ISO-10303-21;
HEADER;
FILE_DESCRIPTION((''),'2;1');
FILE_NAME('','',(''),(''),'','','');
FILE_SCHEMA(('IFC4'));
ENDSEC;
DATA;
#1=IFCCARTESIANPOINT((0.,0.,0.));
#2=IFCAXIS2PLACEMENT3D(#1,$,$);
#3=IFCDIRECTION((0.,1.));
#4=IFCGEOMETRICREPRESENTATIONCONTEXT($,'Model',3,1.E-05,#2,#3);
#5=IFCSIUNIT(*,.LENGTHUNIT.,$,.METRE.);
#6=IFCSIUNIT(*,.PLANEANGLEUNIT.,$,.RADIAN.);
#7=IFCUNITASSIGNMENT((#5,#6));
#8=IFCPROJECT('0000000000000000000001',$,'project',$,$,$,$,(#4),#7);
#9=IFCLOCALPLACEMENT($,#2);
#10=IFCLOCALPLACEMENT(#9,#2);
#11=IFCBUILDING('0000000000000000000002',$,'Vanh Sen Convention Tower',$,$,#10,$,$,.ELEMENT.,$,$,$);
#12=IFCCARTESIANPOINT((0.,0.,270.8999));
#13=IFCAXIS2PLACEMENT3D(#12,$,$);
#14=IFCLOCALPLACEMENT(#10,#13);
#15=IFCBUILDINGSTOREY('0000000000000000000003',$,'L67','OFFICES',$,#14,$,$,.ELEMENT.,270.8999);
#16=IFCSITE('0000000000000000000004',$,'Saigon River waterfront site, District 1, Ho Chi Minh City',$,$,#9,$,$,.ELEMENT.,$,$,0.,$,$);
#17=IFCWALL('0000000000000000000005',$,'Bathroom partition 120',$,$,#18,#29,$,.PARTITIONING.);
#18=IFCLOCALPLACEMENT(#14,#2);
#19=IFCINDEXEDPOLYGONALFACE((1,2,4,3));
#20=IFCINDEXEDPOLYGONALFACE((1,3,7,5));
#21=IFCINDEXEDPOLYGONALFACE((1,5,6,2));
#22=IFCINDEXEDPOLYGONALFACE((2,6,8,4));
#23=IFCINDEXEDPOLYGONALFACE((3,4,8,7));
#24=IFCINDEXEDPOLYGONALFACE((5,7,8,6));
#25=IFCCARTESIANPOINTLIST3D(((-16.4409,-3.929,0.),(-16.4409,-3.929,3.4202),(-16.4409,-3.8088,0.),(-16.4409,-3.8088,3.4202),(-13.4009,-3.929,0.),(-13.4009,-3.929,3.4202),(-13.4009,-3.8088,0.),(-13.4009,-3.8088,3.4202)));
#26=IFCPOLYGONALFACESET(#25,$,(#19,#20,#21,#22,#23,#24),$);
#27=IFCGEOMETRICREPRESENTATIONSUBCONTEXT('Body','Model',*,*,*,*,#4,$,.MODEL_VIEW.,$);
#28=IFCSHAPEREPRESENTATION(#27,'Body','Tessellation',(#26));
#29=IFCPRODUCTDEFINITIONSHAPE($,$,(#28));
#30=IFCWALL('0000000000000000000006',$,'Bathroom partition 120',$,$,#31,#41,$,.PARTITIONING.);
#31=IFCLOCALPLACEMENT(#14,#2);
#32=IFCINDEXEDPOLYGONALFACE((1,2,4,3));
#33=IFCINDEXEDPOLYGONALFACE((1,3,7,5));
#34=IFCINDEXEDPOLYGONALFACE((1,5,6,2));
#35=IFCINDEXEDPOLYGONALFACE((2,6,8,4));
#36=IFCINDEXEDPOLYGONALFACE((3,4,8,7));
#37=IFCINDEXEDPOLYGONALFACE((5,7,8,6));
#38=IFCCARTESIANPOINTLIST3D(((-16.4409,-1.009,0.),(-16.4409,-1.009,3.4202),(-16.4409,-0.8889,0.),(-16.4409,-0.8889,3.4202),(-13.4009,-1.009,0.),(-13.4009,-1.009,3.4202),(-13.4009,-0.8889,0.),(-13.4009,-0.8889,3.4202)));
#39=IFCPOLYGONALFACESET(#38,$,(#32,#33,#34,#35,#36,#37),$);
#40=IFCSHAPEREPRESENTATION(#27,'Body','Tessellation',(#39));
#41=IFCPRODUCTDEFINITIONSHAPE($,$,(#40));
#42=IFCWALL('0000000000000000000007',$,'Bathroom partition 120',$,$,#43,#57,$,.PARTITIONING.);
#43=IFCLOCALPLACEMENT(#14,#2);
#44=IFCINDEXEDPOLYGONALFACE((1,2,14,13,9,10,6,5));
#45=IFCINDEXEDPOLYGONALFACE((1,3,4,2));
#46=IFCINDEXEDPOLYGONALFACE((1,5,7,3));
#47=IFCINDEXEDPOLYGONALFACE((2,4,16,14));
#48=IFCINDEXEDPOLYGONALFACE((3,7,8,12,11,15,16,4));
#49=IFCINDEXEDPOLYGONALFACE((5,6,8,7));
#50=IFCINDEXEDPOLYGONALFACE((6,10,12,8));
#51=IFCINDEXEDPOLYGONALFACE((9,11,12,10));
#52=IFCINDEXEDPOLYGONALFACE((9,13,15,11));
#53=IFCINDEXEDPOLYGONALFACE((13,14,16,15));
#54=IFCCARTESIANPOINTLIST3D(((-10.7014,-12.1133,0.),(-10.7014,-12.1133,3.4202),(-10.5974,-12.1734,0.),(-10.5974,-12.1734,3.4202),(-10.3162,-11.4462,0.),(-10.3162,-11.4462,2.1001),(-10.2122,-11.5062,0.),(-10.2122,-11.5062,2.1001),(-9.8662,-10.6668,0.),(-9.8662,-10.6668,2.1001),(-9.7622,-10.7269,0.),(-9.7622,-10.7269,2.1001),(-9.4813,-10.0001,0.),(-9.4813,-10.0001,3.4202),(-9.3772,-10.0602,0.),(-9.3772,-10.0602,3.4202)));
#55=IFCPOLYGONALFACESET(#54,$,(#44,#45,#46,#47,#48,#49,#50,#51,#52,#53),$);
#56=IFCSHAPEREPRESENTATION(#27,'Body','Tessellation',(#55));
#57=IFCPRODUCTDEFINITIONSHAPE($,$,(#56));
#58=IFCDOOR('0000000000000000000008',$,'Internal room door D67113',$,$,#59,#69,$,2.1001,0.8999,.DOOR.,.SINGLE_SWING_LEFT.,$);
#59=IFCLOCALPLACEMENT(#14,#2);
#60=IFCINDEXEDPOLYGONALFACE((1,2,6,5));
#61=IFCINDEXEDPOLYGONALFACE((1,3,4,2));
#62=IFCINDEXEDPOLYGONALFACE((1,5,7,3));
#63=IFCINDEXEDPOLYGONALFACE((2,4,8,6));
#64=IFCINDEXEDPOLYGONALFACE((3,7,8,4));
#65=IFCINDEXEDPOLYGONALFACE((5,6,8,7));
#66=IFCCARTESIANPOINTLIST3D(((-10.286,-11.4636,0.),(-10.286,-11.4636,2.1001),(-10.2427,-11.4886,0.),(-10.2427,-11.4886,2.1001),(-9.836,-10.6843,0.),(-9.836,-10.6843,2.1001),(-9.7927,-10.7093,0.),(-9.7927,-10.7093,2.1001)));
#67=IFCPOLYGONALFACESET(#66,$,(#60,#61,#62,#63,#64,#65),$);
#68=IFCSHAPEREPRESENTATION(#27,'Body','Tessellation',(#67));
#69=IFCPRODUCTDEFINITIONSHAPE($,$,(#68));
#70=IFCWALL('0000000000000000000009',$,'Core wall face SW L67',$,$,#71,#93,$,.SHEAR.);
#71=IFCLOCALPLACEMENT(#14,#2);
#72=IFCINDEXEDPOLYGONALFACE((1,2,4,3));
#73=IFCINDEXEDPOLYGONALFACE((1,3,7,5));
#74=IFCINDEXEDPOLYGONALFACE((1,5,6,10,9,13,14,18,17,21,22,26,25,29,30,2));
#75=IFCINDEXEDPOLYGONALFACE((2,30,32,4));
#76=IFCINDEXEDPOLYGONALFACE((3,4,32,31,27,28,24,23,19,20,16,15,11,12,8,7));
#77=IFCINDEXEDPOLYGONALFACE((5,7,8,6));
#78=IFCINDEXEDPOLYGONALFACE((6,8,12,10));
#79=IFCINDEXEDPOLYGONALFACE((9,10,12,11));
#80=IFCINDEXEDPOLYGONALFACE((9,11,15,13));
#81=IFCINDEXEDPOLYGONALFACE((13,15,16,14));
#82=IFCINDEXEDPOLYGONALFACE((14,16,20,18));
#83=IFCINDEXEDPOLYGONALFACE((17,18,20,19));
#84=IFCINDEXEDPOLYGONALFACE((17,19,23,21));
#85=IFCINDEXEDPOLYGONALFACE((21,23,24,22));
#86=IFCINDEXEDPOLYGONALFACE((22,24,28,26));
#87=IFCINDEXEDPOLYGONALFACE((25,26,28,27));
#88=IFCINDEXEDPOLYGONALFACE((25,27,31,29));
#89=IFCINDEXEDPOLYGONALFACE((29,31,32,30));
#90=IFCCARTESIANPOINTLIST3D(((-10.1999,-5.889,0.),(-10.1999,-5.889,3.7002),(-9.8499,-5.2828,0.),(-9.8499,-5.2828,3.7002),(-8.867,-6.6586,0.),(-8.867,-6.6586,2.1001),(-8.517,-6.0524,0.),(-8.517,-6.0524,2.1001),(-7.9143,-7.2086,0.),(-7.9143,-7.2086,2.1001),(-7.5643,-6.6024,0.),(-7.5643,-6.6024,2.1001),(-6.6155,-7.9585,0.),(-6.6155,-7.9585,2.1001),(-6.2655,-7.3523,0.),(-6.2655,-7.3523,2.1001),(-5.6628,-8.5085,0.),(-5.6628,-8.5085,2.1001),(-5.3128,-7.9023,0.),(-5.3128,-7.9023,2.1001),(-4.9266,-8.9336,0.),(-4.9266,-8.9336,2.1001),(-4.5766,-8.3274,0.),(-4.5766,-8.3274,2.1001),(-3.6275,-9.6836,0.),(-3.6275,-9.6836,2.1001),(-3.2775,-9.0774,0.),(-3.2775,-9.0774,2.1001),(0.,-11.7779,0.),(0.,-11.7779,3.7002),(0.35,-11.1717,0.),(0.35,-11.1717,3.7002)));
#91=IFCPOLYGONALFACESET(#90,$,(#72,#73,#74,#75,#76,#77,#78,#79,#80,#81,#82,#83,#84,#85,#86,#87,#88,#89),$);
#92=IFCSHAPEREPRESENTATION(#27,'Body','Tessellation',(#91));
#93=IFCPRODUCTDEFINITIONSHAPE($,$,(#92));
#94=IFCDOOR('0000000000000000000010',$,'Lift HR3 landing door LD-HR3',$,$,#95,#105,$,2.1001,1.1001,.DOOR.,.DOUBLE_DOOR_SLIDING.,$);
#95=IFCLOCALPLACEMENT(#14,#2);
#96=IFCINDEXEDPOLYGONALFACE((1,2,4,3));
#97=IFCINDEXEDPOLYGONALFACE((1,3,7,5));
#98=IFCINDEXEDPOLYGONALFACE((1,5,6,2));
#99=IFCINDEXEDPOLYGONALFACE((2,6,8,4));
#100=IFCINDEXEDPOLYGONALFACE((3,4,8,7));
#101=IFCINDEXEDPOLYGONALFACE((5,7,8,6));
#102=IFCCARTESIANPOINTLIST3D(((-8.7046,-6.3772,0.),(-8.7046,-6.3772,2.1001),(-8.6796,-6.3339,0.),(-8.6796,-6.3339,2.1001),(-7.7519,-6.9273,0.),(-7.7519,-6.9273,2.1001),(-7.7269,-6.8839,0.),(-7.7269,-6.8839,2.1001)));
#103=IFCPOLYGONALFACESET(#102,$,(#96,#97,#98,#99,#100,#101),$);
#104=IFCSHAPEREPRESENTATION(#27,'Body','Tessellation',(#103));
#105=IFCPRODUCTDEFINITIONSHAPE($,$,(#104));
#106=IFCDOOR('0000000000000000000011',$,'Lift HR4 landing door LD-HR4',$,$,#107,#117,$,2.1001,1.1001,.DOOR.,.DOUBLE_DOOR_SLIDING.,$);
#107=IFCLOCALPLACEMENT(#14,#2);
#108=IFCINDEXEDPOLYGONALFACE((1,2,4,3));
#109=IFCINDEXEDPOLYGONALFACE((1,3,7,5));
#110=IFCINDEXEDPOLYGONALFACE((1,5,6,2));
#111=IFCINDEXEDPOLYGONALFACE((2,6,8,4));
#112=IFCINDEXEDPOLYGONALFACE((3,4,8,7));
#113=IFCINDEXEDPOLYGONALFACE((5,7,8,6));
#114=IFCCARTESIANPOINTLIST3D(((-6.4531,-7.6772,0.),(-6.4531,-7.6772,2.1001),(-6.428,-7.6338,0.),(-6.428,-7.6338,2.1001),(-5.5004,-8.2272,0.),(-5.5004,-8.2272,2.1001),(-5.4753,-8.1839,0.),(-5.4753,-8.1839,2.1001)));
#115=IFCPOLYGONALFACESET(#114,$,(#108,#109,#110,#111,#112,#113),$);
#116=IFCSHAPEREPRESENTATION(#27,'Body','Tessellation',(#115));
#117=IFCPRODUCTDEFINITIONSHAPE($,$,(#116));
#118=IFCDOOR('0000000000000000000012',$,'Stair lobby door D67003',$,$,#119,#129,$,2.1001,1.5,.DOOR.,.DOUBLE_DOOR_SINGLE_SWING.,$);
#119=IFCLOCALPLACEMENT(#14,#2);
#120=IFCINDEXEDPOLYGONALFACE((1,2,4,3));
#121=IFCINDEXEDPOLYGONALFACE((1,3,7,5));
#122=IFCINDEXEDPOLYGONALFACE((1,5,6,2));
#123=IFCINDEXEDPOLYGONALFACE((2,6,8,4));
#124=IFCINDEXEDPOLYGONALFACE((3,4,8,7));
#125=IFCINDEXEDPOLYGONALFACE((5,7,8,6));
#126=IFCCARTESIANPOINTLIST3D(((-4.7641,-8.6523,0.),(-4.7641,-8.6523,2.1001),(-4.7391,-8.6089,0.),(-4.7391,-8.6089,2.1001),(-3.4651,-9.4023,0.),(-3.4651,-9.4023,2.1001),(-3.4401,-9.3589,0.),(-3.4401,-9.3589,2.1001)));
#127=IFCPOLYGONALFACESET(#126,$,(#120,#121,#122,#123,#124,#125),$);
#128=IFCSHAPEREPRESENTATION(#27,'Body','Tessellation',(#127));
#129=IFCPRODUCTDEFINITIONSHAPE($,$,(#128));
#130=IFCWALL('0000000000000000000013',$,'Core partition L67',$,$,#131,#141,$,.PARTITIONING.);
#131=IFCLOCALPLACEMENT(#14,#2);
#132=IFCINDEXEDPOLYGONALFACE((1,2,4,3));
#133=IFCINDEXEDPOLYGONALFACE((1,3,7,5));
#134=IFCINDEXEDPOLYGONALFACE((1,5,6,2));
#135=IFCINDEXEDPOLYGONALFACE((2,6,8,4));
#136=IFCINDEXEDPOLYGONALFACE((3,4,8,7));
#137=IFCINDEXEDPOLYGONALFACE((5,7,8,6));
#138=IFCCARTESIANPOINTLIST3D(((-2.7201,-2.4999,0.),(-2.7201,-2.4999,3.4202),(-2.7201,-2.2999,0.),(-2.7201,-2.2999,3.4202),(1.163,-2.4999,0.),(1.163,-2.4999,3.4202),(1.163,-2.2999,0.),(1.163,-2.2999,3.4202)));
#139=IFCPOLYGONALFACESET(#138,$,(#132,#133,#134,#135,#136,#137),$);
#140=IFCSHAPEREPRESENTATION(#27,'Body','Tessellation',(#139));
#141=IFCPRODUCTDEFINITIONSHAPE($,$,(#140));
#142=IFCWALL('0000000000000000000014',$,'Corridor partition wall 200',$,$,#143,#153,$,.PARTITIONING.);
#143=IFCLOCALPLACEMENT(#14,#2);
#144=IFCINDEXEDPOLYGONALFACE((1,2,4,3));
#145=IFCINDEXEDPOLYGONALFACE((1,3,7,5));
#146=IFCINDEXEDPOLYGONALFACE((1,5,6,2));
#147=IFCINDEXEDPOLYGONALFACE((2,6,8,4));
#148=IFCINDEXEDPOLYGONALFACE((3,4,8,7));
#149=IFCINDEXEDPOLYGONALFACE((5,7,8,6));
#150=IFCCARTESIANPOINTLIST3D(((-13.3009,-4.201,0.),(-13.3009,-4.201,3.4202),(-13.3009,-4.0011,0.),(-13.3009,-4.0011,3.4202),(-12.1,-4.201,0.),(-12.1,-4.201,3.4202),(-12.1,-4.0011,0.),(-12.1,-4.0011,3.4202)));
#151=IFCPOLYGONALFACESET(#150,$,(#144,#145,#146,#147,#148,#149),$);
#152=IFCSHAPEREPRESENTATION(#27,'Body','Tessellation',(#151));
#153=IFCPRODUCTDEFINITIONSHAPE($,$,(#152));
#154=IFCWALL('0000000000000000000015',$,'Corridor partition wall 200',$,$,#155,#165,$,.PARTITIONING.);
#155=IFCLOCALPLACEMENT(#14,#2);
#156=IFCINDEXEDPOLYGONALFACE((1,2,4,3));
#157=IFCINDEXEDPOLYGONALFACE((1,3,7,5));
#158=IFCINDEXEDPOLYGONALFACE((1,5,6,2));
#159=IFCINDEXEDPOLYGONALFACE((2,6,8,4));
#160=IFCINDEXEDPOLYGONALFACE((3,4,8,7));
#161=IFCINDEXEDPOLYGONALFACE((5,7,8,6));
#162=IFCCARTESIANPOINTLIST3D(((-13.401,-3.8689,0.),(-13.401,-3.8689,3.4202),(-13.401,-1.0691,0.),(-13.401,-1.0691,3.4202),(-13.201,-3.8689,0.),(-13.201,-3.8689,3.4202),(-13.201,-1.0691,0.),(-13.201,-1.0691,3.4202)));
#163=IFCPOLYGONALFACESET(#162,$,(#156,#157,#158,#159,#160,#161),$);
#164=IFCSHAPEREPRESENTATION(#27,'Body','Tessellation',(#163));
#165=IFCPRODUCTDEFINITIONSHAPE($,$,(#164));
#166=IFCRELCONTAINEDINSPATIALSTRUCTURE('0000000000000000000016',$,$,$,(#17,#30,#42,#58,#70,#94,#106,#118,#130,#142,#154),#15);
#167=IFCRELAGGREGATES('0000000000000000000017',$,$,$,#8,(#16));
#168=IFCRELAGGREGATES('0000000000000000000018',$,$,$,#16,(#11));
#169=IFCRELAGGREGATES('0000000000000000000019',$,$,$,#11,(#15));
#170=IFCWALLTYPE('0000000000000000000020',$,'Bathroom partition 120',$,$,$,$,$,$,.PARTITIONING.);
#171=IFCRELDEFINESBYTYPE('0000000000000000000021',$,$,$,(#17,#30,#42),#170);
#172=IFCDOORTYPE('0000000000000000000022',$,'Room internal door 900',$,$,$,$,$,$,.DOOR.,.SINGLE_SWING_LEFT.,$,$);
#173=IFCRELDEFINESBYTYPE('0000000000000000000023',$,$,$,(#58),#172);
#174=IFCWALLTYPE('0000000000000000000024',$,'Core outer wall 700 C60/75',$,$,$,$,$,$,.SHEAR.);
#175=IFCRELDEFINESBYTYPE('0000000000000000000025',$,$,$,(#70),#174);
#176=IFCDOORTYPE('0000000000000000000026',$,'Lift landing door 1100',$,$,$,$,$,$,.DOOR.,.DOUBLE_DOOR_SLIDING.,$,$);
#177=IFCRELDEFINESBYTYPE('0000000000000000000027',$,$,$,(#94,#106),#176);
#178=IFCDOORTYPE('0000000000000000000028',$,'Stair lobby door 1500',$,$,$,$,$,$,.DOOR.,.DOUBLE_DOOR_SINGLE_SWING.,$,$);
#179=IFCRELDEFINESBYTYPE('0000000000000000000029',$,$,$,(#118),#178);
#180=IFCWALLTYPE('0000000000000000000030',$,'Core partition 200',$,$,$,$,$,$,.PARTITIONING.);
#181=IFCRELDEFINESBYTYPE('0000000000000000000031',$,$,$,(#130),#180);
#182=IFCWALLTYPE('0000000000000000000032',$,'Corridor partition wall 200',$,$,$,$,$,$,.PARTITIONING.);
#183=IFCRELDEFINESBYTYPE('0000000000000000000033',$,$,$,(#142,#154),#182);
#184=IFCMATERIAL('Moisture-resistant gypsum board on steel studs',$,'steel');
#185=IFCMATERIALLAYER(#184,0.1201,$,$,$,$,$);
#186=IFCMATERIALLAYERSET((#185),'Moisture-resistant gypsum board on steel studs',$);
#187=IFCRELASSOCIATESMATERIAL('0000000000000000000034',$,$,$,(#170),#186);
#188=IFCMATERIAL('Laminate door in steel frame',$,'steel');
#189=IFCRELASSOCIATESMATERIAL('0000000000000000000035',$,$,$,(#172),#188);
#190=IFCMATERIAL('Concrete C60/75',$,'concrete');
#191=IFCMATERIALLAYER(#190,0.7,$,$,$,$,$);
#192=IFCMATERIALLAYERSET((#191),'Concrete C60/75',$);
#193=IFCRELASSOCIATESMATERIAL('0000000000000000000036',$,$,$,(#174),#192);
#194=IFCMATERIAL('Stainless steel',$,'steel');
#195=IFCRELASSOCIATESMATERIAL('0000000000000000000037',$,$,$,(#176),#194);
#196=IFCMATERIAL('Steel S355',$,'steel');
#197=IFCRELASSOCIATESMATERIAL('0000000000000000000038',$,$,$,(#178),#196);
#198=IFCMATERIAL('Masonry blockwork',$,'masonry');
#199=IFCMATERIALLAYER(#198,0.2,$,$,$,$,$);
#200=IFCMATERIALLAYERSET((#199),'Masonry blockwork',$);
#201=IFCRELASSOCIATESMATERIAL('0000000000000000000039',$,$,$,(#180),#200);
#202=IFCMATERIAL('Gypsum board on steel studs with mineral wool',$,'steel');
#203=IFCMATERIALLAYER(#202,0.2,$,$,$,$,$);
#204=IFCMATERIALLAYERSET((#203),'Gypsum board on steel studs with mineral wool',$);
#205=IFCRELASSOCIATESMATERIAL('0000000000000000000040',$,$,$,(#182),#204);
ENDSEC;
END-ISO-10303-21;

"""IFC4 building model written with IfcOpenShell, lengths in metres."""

from ifc_helpers import new_model, si_unit, direction, frame, frame_2d, origin, place, context, subcontext, project, spatial, rectangle, extrude, material, layer, layer_set, type_object, element, fill, save


model = new_model("IFC4")

# Units and contexts
model_context = context("Model", 3, precision=1e-05, world=origin(), true_north=direction((0.0, 1.0)))
body_context = subcontext(model_context, "Body", "Model", "MODEL_VIEW")
ifc_project = project(units=[si_unit("LENGTHUNIT", "METRE"), si_unit("PLANEANGLEUNIT", "RADIAN")], contexts=[model_context])

# Site, building, storey
site_placement = place(None, origin())
site = spatial("IfcSite", under=ifc_project, at=site_placement, Name="Saigon River waterfront site, District 1, Ho Chi Minh City", CompositionType="ELEMENT", RefElevation=0.0)
building_placement = place(site_placement, origin())
building = spatial("IfcBuilding", under=site, at=building_placement, Name="Vanh Sen Convention Tower", CompositionType="ELEMENT")
storey_placement = place(building_placement, frame((0.0, 0.0, 270.8999)))
storey = spatial("IfcBuildingStorey", under=building, at=storey_placement, Name="L67", Description="OFFICES", CompositionType="ELEMENT", Elevation=270.8999)

# Walls
ifc_material_1 = material(Name="Moisture-resistant gypsum board on steel studs", Category="steel")
ifc_layer_1 = layer(ifc_material_1, 0.1201)
ifc_layer_set_1 = layer_set([ifc_layer_1], Name="Moisture-resistant gypsum board on steel studs")
wall_type_1 = type_object("IfcWallType", Name="Bathroom partition 120", PredefinedType="PARTITIONING", material=ifc_layer_set_1)
for number, where, z_axis, x_axis, name in (
    (1, (-13.4009, -3.8689, 0.0), (0.0, 0.0, 1.0), (-1.0, 0.0, 0.0), "Bathroom partition 120"),
    (2, (-13.4009, -0.949, 0.0), (0.0, 0.0, 1.0), (-1.0, 0.0, 0.0), "Bathroom partition 120"),
):
    element("IfcWall", number, at=place(storey_placement, frame(where, z_axis=z_axis, x_axis=x_axis)), inside=storey, type_object=wall_type_1, Name=name, PredefinedType="PARTITIONING", context=body_context, shape_type="SweptSolid", body=[
        extrude(rectangle(XDim=3.04, YDim=0.1201, at=frame_2d((1.52, 0.0))), origin(), (0.0, 0.0, 1.0), 3.4202),
    ])

# Wall, opening, door
wall_1_placement = place(storey_placement, frame((-9.4292, -10.03, 0.0), z_axis=(0.0, 0.0, 1.0), x_axis=(-0.500034, -0.866006, 0.0)))
wall_1 = element("IfcWall", 3, at=wall_1_placement, inside=storey, type_object=wall_type_1, Name="Bathroom partition 120", PredefinedType="PARTITIONING", context=body_context, shape_type="SweptSolid", body=[
    extrude(rectangle(XDim=2.4402, YDim=0.1201, at=frame_2d((1.2202, 0.0))), origin(), (0.0, 0.0, 1.0), 3.4202),
])
opening_1_placement = place(wall_1_placement, frame((0.77, 0.0, 0.0)))
opening_1 = element("IfcOpeningElement", 4, at=opening_1_placement, cuts=wall_1, PredefinedType="OPENING", context=body_context, shape_type="SweptSolid", body=[
    extrude(rectangle(XDim=0.8999, YDim=2.1001, at=frame_2d((0.45, 1.05))), frame((0.0, 0.0701, 0.0), z_axis=(0.0, -1.0, 0.0), x_axis=(1.0, 0.0, 0.0)), (0.0, 0.0, 1.0), 0.1401),
])
ifc_material_2 = material(Name="Laminate door in steel frame", Category="steel")
door_type_1 = type_object("IfcDoorType", Name="Room internal door 900", OperationType="SINGLE_SWING_LEFT", PredefinedType="DOOR", material=ifc_material_2)
door_1_placement = place(opening_1_placement, origin())
door_1 = element("IfcDoor", 5, at=door_1_placement, inside=storey, type_object=door_type_1, Name="Internal room door D67113", OperationType="SINGLE_SWING_LEFT", OverallHeight=2.1001, OverallWidth=0.8999, PredefinedType="DOOR", context=body_context, shape_type="SweptSolid", body=[
    extrude(rectangle(XDim=0.8999, YDim=2.1001, at=frame_2d((0.45, 1.05))), frame((0.0, 0.0249, 0.0), z_axis=(0.0, -1.0, 0.0), x_axis=(1.0, 0.0, 0.0)), (0.0, 0.0, 1.0), 0.05),
])
fill(opening_1, door_1)

# Wall, openings, doors
ifc_material_3 = material(Name="Concrete C60/75", Category="concrete")
ifc_layer_2 = layer(ifc_material_3, 0.7)
ifc_layer_set_2 = layer_set([ifc_layer_2], Name="Concrete C60/75")
wall_type_2 = type_object("IfcWallType", Name="Core outer wall 700 C60/75", PredefinedType="SHEAR", material=ifc_layer_set_2)
wall_2_placement = place(storey_placement, frame((-10.0249, -5.5859, 0.0), z_axis=(0.0, 0.0, 1.0), x_axis=(0.866026, -0.499998, 0.0)))
wall_2 = element("IfcWall", 6, at=wall_2_placement, inside=storey, type_object=wall_type_2, Name="Core wall face SW L67", PredefinedType="SHEAR", context=body_context, shape_type="SweptSolid", body=[
    extrude(rectangle(XDim=11.7778, YDim=0.7, at=frame_2d((5.8889, 0.0))), origin(), (0.0, 0.0, 1.0), 3.7002),
])
opening_2_placement = place(wall_2_placement, frame((6.0891, 0.0, 0.0)))
opening_2 = element("IfcOpeningElement", 7, at=opening_2_placement, cuts=wall_2, PredefinedType="OPENING", context=body_context, shape_type="SweptSolid", body=[
    extrude(rectangle(XDim=1.5, YDim=2.1001, at=frame_2d((0.75, 1.05))), frame((0.0, 0.3599, 0.0), z_axis=(0.0, -1.0, 0.0), x_axis=(1.0, 0.0, 0.0)), (0.0, 0.0, 1.0), 0.72),
])
opening_3_placement = place(wall_2_placement, frame((1.5391, 0.0, 0.0)))
opening_3 = element("IfcOpeningElement", 8, at=opening_3_placement, cuts=wall_2, PredefinedType="OPENING", context=body_context, shape_type="SweptSolid", body=[
    extrude(rectangle(XDim=1.1001, YDim=2.1001, at=frame_2d((0.55, 1.05))), frame((0.0, 0.3599, 0.0), z_axis=(0.0, -1.0, 0.0), x_axis=(1.0, 0.0, 0.0)), (0.0, 0.0, 1.0), 0.72),
])
opening_4_placement = place(wall_2_placement, frame((4.1389, 0.0, 0.0)))
opening_4 = element("IfcOpeningElement", 9, at=opening_4_placement, cuts=wall_2, PredefinedType="OPENING", context=body_context, shape_type="SweptSolid", body=[
    extrude(rectangle(XDim=1.1001, YDim=2.1001, at=frame_2d((0.55, 1.05))), frame((0.0, 0.3599, 0.0), z_axis=(0.0, -1.0, 0.0), x_axis=(1.0, 0.0, 0.0)), (0.0, 0.0, 1.0), 0.72),
])
ifc_material_4 = material(Name="Stainless steel", Category="steel")
door_type_2 = type_object("IfcDoorType", Name="Lift landing door 1100", OperationType="DOUBLE_DOOR_SLIDING", PredefinedType="DOOR", material=ifc_material_4)
door_2_placement = place(opening_3_placement, origin())
door_2 = element("IfcDoor", 10, at=door_2_placement, inside=storey, type_object=door_type_2, Name="Lift HR3 landing door LD-HR3", OperationType="DOUBLE_DOOR_SLIDING", OverallHeight=2.1001, OverallWidth=1.1001, PredefinedType="DOOR", context=body_context, shape_type="SweptSolid", body=[
    extrude(rectangle(XDim=1.1001, YDim=2.1001, at=frame_2d((0.55, 1.05))), frame((0.0, 0.0249, 0.0), z_axis=(0.0, -1.0, 0.0), x_axis=(1.0, 0.0, 0.0)), (0.0, 0.0, 1.0), 0.05),
])
fill(opening_3, door_2)
door_3_placement = place(opening_4_placement, origin())
door_3 = element("IfcDoor", 11, at=door_3_placement, inside=storey, type_object=door_type_2, Name="Lift HR4 landing door LD-HR4", OperationType="DOUBLE_DOOR_SLIDING", OverallHeight=2.1001, OverallWidth=1.1001, PredefinedType="DOOR", context=body_context, shape_type="SweptSolid", body=[
    extrude(rectangle(XDim=1.1001, YDim=2.1001, at=frame_2d((0.55, 1.05))), frame((0.0, 0.0249, 0.0), z_axis=(0.0, -1.0, 0.0), x_axis=(1.0, 0.0, 0.0)), (0.0, 0.0, 1.0), 0.05),
])
fill(opening_4, door_3)
ifc_material_5 = material(Name="Steel S355", Category="steel")
door_type_3 = type_object("IfcDoorType", Name="Stair lobby door 1500", OperationType="DOUBLE_DOOR_SINGLE_SWING", PredefinedType="DOOR", material=ifc_material_5)
door_4_placement = place(opening_2_placement, origin())
door_4 = element("IfcDoor", 12, at=door_4_placement, inside=storey, type_object=door_type_3, Name="Stair lobby door D67003", OperationType="DOUBLE_DOOR_SINGLE_SWING", OverallHeight=2.1001, OverallWidth=1.5, PredefinedType="DOOR", context=body_context, shape_type="SweptSolid", body=[
    extrude(rectangle(XDim=1.5, YDim=2.1001, at=frame_2d((0.75, 1.05))), frame((0.0, 0.0249, 0.0), z_axis=(0.0, -1.0, 0.0), x_axis=(1.0, 0.0, 0.0)), (0.0, 0.0, 1.0), 0.05),
])
fill(opening_2, door_4)

# Walls
ifc_material_6 = material(Name="Masonry blockwork", Category="masonry")
ifc_layer_3 = layer(ifc_material_6, 0.2)
ifc_layer_set_3 = layer_set([ifc_layer_3], Name="Masonry blockwork")
wall_type_3 = type_object("IfcWallType", Name="Core partition 200", PredefinedType="PARTITIONING", material=ifc_layer_set_3)
wall_3_placement = place(storey_placement, frame((-2.72, -2.3999, 0.0), z_axis=(0.0, 0.0, 1.0), x_axis=(1.0, 0.0, 0.0)))
element("IfcWall", 13, at=wall_3_placement, inside=storey, type_object=wall_type_3, Name="Core partition L67", PredefinedType="PARTITIONING", context=body_context, shape_type="SweptSolid", body=[
    extrude(rectangle(XDim=3.8831, YDim=0.2, at=frame_2d((1.9414, 0.0))), origin(), (0.0, 0.0, 1.0), 3.4202),
])
ifc_material_7 = material(Name="Gypsum board on steel studs with mineral wool", Category="steel")
ifc_layer_4 = layer(ifc_material_7, 0.2)
ifc_layer_set_4 = layer_set([ifc_layer_4], Name="Gypsum board on steel studs with mineral wool")
wall_type_4 = type_object("IfcWallType", Name="Corridor partition wall 200", PredefinedType="PARTITIONING", material=ifc_layer_set_4)
wall_4_placement = place(storey_placement, frame((-13.301, -4.1011, 0.0), z_axis=(0.0, 0.0, 1.0), x_axis=(1.0, 0.0, 0.0)))
element("IfcWall", 14, at=wall_4_placement, inside=storey, type_object=wall_type_4, Name="Corridor partition wall 200", PredefinedType="PARTITIONING", context=body_context, shape_type="SweptSolid", body=[
    extrude(rectangle(XDim=1.2009, YDim=0.2, at=frame_2d((0.6006, 0.0))), origin(), (0.0, 0.0, 1.0), 3.4202),
])
wall_5_placement = place(storey_placement, frame((-13.301, -1.0691, 0.0), z_axis=(0.0, 0.0, 1.0), x_axis=(0.0, -1.0, 0.0)))
element("IfcWall", 15, at=wall_5_placement, inside=storey, type_object=wall_type_4, Name="Corridor partition wall 200", PredefinedType="PARTITIONING", context=body_context, shape_type="SweptSolid", body=[
    extrude(rectangle(XDim=2.7998, YDim=0.2, at=frame_2d((1.3999, 0.0))), origin(), (0.0, 0.0, 1.0), 3.4202),
])

save(model, "model.ifc")
